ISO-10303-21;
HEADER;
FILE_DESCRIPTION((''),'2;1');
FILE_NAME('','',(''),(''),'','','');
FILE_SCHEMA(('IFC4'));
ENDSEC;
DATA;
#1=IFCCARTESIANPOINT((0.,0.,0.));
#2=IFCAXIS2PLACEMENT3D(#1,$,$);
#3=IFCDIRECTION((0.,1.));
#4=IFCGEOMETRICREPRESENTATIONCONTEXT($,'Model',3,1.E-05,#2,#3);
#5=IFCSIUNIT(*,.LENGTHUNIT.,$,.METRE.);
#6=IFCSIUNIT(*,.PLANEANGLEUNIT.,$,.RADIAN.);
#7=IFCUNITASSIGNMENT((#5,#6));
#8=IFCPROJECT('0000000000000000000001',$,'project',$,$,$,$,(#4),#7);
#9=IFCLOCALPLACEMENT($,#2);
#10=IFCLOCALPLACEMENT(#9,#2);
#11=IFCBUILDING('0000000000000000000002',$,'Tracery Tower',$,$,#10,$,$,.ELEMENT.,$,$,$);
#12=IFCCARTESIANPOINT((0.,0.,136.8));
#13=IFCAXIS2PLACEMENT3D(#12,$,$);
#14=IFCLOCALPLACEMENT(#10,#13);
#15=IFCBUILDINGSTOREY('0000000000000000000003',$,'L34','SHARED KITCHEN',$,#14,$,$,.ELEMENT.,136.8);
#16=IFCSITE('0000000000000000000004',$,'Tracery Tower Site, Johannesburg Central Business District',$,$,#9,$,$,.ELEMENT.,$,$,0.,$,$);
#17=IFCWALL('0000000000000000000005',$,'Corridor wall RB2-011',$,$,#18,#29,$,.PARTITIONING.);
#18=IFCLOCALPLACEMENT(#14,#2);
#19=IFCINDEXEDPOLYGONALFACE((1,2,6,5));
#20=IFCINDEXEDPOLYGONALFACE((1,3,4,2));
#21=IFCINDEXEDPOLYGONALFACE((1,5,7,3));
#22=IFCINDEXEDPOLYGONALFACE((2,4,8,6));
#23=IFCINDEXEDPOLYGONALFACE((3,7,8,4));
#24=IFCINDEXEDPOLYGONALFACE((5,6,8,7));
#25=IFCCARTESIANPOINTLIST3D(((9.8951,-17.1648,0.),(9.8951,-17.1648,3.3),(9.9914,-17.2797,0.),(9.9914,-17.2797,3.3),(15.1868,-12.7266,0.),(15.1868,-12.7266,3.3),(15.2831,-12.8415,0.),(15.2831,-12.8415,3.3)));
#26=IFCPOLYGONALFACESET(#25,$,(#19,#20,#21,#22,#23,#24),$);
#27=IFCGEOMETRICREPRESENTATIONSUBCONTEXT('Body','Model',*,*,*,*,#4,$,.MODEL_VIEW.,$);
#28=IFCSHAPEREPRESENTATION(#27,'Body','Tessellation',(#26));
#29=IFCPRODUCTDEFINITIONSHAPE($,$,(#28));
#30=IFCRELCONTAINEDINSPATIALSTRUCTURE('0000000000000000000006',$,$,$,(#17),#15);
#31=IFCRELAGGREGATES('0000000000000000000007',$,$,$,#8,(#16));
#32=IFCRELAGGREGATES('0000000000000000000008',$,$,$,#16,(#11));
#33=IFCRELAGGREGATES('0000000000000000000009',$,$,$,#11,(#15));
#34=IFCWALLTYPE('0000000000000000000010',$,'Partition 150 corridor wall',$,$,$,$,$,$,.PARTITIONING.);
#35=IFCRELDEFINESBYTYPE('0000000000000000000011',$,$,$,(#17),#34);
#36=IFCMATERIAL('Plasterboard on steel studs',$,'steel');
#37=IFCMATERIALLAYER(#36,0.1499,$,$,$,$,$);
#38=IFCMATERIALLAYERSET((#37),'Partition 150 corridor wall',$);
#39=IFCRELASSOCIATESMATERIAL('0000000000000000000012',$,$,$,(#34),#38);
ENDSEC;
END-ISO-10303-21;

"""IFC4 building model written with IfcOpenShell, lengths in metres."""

from ifc_helpers import new_model, si_unit, direction, frame, frame_2d, origin, place, context, subcontext, project, spatial, rectangle, extrude, material, layer, layer_set, type_object, element, save


model = new_model("IFC4")

# Units and contexts
model_context = context("Model", 3, precision=1e-05, world=origin(), true_north=direction((0.0, 1.0)))
body_context = subcontext(model_context, "Body", "Model", "MODEL_VIEW")
ifc_project = project(units=[si_unit("LENGTHUNIT", "METRE"), si_unit("PLANEANGLEUNIT", "RADIAN")], contexts=[model_context])

# Site, building, storey
site_placement = place(None, origin())
site = spatial("IfcSite", under=ifc_project, at=site_placement, Name="Tracery Tower Site, Johannesburg Central Business District", CompositionType="ELEMENT", RefElevation=0.0)
building_placement = place(site_placement, origin())
building = spatial("IfcBuilding", under=site, at=building_placement, Name="Tracery Tower", CompositionType="ELEMENT")
storey_placement = place(building_placement, frame((0.0, 0.0, 136.8)))
storey = spatial("IfcBuildingStorey", under=building, at=storey_placement, Name="L34", Description="SHARED KITCHEN", CompositionType="ELEMENT", Elevation=136.8)

# Shared definitions
ifc_material_1 = material(Name="Plasterboard on steel studs", Category="steel")
ifc_layer_1 = layer(ifc_material_1, 0.1499)
ifc_layer_set_1 = layer_set([ifc_layer_1], Name="Partition 150 corridor wall")
wall_type_1 = type_object("IfcWallType", Name="Partition 150 corridor wall", PredefinedType="PARTITIONING", material=ifc_layer_set_1)

# Wall
wall_1_placement = place(storey_placement, frame((9.9434, -17.2222, 0.0), z_axis=(0.0, 0.0, 1.0), x_axis=(0.766192, 0.642612, 0.0)))
element("IfcWall", 1, at=wall_1_placement, inside=storey, type_object=wall_type_1, Name="Corridor wall RB2-011", PredefinedType="PARTITIONING", context=body_context, shape_type="SweptSolid", body=[
    extrude(rectangle(XDim=6.9065, YDim=0.1499, at=frame_2d((3.4531, 0.0))), origin(), (0.0, 0.0, 1.0), 3.3),
])

save(model, "model.ifc")
